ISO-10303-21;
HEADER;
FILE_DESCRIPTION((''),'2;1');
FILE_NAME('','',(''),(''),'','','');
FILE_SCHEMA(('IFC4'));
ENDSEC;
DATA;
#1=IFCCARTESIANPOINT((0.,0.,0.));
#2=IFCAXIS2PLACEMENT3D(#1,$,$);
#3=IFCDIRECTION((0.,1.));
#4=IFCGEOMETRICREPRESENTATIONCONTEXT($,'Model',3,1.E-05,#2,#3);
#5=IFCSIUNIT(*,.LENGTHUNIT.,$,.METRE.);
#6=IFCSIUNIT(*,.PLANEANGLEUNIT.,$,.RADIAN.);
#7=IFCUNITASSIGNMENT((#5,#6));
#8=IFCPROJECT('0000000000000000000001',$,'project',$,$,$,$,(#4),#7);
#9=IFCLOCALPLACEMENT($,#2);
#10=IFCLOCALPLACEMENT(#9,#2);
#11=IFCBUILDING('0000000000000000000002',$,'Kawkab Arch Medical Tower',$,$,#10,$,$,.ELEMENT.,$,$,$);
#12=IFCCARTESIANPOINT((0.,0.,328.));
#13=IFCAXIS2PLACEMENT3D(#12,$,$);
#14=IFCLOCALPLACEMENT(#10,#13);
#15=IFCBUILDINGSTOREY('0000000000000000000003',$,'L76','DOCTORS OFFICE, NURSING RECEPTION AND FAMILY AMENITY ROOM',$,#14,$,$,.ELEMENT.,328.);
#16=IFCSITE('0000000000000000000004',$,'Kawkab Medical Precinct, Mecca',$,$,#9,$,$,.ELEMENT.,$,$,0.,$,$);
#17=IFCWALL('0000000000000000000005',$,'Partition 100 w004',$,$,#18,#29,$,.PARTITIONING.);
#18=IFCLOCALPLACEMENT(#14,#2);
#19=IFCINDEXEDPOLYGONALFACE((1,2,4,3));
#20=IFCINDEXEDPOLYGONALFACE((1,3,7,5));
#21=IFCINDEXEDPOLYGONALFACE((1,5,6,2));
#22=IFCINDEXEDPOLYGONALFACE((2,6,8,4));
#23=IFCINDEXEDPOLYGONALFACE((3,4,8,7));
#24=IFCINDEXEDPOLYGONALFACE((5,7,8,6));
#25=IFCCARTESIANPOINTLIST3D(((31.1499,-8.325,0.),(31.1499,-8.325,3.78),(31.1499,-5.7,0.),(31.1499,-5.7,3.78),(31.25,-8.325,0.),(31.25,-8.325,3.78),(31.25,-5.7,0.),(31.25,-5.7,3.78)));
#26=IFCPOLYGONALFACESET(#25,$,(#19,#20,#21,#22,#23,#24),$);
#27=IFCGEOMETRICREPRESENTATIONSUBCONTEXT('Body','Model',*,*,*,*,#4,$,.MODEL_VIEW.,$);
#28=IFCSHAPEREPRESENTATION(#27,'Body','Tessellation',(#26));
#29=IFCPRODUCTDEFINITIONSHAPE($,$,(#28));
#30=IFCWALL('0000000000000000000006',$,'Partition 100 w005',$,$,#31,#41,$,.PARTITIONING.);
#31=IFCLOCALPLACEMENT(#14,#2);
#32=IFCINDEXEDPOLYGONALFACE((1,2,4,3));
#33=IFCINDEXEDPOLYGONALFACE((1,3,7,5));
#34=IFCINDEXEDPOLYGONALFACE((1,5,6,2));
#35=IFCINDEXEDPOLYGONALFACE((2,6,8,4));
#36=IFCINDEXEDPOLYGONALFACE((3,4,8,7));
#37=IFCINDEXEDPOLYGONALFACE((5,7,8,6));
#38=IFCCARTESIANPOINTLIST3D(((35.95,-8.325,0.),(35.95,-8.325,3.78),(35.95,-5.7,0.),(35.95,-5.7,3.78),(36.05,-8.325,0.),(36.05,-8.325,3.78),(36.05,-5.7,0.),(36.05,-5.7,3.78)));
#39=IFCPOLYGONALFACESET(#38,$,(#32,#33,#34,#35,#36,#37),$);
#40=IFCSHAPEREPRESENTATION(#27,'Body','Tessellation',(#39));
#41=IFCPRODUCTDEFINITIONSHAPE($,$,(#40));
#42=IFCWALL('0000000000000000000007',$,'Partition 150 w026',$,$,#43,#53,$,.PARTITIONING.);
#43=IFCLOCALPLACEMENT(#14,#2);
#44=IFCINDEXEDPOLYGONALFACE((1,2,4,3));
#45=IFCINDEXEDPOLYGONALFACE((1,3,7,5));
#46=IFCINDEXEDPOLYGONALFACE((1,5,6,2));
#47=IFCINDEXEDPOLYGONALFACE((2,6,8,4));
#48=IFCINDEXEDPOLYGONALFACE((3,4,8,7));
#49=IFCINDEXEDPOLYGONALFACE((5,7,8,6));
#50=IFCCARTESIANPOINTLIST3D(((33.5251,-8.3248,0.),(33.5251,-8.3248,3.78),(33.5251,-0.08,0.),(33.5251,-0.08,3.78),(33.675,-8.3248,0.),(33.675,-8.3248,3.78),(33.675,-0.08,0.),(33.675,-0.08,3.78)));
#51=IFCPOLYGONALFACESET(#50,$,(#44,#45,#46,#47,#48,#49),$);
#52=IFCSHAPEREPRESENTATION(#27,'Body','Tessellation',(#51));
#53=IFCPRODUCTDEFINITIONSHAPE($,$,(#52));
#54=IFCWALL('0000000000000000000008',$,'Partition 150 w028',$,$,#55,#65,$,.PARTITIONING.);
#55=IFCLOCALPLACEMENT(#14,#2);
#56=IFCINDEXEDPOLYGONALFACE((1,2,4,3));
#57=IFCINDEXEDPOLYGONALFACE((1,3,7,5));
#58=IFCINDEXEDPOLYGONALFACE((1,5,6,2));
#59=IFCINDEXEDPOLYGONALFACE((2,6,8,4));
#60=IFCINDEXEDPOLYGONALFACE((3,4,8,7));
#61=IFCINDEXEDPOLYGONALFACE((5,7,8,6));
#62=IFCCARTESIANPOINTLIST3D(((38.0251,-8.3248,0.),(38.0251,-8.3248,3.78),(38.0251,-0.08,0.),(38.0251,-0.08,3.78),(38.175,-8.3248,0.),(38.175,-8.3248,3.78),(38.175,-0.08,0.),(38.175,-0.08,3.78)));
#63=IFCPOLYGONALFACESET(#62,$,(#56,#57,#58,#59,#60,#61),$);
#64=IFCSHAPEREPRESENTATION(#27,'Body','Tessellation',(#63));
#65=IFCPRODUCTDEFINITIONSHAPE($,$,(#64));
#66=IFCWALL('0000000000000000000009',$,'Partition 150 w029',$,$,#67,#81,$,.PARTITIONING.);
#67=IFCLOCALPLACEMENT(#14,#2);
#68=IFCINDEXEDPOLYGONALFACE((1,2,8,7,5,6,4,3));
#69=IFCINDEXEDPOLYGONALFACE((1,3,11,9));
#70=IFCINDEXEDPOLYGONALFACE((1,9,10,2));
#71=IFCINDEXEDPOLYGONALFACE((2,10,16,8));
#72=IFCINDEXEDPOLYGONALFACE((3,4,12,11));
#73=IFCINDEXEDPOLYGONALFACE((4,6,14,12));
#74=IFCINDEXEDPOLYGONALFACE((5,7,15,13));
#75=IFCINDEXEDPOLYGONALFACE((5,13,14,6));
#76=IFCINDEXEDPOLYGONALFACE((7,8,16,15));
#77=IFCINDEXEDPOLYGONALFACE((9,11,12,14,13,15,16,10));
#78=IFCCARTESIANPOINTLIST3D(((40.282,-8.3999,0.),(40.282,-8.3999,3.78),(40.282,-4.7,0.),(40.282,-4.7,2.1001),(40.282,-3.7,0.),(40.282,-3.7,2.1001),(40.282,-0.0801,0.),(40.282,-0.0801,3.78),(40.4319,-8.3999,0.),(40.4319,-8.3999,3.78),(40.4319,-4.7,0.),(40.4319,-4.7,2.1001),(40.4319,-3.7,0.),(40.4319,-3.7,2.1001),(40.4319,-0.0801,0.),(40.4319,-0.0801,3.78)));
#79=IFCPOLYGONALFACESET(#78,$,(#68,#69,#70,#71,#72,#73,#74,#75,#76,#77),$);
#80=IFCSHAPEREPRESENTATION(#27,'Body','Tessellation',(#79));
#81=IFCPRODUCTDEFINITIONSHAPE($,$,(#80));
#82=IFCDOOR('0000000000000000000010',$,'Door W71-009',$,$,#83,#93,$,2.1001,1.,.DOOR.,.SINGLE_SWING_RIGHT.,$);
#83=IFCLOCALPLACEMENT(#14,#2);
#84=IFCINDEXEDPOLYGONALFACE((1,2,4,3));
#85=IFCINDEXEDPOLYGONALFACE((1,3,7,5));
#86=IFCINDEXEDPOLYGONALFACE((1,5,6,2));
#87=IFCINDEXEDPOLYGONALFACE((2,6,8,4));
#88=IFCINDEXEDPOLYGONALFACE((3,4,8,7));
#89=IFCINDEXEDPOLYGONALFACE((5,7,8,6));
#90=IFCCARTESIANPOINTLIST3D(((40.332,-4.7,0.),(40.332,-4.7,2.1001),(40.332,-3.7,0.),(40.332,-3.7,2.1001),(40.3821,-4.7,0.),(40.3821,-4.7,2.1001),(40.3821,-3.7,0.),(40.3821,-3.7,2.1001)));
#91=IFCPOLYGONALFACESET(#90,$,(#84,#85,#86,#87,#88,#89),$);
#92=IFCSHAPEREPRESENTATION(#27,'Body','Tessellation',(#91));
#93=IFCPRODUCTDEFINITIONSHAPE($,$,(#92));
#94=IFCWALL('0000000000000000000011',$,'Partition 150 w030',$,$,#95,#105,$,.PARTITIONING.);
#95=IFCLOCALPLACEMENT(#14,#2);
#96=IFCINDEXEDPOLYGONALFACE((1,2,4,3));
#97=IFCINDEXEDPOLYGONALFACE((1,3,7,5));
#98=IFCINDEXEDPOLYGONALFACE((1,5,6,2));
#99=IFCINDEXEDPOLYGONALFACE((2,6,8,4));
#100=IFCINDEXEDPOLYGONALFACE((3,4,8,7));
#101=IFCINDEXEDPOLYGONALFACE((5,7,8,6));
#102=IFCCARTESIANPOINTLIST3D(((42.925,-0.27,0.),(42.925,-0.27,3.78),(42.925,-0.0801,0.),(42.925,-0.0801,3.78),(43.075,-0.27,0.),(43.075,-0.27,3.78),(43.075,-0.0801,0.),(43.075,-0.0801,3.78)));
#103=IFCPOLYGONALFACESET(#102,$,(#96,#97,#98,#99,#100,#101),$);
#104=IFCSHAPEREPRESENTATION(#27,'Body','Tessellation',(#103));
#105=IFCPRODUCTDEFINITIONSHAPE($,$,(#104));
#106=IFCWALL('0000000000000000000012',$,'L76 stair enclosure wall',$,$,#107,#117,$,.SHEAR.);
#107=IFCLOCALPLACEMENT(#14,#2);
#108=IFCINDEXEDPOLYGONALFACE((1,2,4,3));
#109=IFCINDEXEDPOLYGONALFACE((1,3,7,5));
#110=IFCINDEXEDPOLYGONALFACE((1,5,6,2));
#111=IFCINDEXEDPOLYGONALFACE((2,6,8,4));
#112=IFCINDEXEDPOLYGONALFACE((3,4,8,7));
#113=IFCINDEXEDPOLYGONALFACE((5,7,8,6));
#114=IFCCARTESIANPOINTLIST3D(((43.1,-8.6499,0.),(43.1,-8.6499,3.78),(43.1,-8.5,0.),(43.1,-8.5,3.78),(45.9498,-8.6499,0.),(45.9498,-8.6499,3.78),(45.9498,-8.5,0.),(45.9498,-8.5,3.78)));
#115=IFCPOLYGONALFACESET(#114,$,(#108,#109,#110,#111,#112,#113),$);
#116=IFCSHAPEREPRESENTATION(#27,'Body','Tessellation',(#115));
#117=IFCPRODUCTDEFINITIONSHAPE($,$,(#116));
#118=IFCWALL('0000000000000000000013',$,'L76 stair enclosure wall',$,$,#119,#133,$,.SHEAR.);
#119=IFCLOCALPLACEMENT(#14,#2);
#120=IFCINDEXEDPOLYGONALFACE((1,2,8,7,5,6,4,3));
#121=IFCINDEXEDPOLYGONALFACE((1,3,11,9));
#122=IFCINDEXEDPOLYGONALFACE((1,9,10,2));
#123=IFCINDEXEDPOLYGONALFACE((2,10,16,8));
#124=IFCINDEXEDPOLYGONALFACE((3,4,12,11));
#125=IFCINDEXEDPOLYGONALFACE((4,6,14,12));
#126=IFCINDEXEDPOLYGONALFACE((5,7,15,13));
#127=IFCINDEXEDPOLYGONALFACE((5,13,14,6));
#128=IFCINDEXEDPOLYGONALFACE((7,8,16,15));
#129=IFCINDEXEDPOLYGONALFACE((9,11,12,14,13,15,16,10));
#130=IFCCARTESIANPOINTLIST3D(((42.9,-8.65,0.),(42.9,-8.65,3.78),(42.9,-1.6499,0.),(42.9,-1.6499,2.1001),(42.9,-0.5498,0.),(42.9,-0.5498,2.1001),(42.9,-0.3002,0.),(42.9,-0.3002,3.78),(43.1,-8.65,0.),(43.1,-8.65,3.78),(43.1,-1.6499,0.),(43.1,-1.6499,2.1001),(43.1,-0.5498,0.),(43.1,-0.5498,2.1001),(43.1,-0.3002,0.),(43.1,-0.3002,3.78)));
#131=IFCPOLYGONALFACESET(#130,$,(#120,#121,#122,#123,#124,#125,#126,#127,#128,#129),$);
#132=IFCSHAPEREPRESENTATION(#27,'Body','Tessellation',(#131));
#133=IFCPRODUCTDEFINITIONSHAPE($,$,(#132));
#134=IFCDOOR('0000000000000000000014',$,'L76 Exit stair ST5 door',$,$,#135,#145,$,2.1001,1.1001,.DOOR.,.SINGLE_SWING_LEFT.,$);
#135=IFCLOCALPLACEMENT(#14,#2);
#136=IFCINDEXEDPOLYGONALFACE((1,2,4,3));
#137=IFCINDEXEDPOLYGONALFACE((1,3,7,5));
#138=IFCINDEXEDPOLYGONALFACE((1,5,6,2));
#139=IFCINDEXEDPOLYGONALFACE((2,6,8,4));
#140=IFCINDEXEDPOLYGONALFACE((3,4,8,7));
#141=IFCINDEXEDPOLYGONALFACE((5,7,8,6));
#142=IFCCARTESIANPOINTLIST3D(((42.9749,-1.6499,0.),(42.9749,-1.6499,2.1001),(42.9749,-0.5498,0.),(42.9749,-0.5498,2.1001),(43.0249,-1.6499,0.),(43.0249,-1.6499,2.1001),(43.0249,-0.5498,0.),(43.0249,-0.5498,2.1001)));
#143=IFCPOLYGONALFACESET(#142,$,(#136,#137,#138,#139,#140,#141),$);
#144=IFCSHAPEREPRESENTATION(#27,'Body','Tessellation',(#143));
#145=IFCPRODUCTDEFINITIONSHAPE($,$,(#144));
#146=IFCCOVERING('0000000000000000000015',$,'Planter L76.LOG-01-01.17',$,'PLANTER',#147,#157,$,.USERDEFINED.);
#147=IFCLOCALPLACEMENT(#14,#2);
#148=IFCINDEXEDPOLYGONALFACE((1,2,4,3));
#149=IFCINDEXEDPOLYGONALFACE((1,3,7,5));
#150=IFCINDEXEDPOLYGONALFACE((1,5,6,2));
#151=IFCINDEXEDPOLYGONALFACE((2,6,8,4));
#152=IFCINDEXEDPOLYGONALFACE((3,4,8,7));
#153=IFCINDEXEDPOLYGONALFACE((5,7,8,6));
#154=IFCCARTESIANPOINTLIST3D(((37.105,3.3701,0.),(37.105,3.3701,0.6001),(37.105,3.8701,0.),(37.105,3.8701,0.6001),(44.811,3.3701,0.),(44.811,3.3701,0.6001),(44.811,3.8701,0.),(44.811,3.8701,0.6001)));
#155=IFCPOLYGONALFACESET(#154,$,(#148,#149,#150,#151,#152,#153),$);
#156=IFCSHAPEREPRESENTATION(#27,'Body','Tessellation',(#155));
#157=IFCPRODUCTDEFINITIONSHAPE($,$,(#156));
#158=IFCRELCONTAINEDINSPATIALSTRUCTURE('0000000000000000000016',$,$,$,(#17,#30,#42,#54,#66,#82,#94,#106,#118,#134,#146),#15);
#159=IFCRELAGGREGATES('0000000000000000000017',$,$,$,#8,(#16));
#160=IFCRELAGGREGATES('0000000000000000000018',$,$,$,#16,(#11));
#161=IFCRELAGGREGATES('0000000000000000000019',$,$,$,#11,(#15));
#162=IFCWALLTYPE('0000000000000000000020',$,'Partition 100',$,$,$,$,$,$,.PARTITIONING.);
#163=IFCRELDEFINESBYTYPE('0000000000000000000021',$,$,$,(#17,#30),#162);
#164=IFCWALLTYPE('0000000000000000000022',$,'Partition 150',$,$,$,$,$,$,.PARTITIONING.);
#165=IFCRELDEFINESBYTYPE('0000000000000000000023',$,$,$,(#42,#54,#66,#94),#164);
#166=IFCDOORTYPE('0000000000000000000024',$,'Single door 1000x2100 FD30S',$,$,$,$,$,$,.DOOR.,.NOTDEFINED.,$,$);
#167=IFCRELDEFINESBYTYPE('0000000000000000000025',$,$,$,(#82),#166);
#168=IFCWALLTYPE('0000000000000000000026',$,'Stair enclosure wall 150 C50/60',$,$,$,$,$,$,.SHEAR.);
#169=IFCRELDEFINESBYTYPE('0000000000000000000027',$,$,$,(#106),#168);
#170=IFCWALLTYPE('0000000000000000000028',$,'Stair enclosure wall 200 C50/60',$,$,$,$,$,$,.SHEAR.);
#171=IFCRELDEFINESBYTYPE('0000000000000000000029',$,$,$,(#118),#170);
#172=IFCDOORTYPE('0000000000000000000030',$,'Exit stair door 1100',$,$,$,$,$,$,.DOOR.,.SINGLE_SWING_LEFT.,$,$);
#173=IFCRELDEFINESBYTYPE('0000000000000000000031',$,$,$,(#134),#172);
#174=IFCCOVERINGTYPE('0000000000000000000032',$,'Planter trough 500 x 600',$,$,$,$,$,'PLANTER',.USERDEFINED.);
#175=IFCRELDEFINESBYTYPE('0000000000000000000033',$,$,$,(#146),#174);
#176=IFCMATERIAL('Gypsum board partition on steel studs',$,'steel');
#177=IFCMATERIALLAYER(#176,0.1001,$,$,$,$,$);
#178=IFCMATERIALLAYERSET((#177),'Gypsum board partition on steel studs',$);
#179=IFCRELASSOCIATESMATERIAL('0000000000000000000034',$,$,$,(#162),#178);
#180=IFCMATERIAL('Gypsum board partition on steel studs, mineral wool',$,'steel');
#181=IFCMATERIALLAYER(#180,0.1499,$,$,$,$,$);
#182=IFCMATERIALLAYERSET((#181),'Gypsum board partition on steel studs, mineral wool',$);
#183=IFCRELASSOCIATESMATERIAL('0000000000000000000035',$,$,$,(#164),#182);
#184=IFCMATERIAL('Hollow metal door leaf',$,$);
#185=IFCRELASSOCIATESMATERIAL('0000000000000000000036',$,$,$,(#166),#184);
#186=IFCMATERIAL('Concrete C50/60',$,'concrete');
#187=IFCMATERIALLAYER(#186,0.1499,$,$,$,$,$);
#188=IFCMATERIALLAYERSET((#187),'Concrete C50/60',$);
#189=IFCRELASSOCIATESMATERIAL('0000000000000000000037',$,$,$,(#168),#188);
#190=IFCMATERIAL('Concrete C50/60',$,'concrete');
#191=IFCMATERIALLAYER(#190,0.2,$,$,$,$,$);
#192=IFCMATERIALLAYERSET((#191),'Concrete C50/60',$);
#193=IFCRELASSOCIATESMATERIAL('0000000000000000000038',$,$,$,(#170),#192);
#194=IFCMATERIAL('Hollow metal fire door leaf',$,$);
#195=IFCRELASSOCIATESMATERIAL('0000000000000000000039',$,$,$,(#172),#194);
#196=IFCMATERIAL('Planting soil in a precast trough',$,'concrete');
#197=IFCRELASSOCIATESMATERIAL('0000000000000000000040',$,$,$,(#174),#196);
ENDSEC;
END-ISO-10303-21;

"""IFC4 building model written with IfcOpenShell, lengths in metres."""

from ifc_helpers import new_model, si_unit, direction, frame, frame_2d, origin, origin_2d, place, context, subcontext, project, spatial, rectangle, extrude, material, layer, layer_set, material_profile, profile_set, type_object, element, fill, save


model = new_model("IFC4")

# Units and contexts
model_context = context("Model", 3, precision=1e-05, world=origin(), true_north=direction((0.0, 1.0)))
body_context = subcontext(model_context, "Body", "Model", "MODEL_VIEW")
ifc_project = project(units=[si_unit("LENGTHUNIT", "METRE"), si_unit("PLANEANGLEUNIT", "RADIAN")], contexts=[model_context])

# Site, building, storey
site_placement = place(None, origin())
site = spatial("IfcSite", under=ifc_project, at=site_placement, Name="Kawkab Medical Precinct, Mecca", CompositionType="ELEMENT", RefElevation=0.0)
building_placement = place(site_placement, origin())
building = spatial("IfcBuilding", under=site, at=building_placement, Name="Kawkab Arch Medical Tower", CompositionType="ELEMENT")
storey_placement = place(building_placement, frame((0.0, 0.0, 328.0)))
storey = spatial("IfcBuildingStorey", under=building, at=storey_placement, Name="L76", Description="DOCTORS OFFICE, NURSING RECEPTION AND FAMILY AMENITY ROOM", CompositionType="ELEMENT", Elevation=328.0)

# Shared definitions
ifc_material_1 = material(Name="Gypsum board partition on steel studs", Category="steel")
ifc_layer_1 = layer(ifc_material_1, 0.1001)
ifc_layer_set_1 = layer_set([ifc_layer_1], Name="Gypsum board partition on steel studs")
wall_type_1 = type_object("IfcWallType", Name="Partition 100", PredefinedType="PARTITIONING", material=ifc_layer_set_1)

# Walls
for number, where, z_axis, x_axis, name in (
    (1, (31.2, -8.325, 0.0), (0.0, 0.0, 1.0), (0.0, 1.0, 0.0), "Partition 100 w004"),
    (2, (36.0, -8.325, 0.0), (0.0, 0.0, 1.0), (0.0, 1.0, 0.0), "Partition 100 w005"),
):
    element("IfcWall", number, at=place(storey_placement, frame(where, z_axis=z_axis, x_axis=x_axis)), inside=storey, type_object=wall_type_1, Name=name, PredefinedType="PARTITIONING", context=body_context, shape_type="SweptSolid", body=[
        extrude(rectangle(XDim=2.625, YDim=0.1001, at=frame_2d((1.3125, 0.0))), origin(), (0.0, 0.0, 1.0), 3.78),
    ])
ifc_material_2 = material(Name="Gypsum board partition on steel studs, mineral wool", Category="steel")
ifc_layer_2 = layer(ifc_material_2, 0.1499)
ifc_layer_set_2 = layer_set([ifc_layer_2], Name="Gypsum board partition on steel studs, mineral wool")
wall_type_2 = type_object("IfcWallType", Name="Partition 150", PredefinedType="PARTITIONING", material=ifc_layer_set_2)
for number, where, z_axis, x_axis, name in (
    (3, (33.6001, -8.325, 0.0), (0.0, 0.0, 1.0), (0.0, 1.0, 0.0), "Partition 150 w026"),
    (4, (38.1001, -8.325, 0.0), (0.0, 0.0, 1.0), (0.0, 1.0, 0.0), "Partition 150 w028"),
):
    element("IfcWall", number, at=place(storey_placement, frame(where, z_axis=z_axis, x_axis=x_axis)), inside=storey, type_object=wall_type_2, Name=name, PredefinedType="PARTITIONING", context=body_context, shape_type="SweptSolid", body=[
        extrude(rectangle(XDim=8.2449, YDim=0.1499, at=frame_2d((4.1226, 0.0))), origin(), (0.0, 0.0, 1.0), 3.78),
    ])

# Wall, opening, door
wall_1_placement = place(storey_placement, frame((40.3569, -8.3999, 0.0), z_axis=(0.0, 0.0, 1.0), x_axis=(0.0, 1.0, 0.0)))
wall_1 = element("IfcWall", 5, at=wall_1_placement, inside=storey, type_object=wall_type_2, Name="Partition 150 w029", PredefinedType="PARTITIONING", context=body_context, shape_type="SweptSolid", body=[
    extrude(rectangle(XDim=8.3198, YDim=0.1499, at=frame_2d((4.1599, 0.0))), origin(), (0.0, 0.0, 1.0), 3.78),
])
opening_1_placement = place(wall_1_placement, frame((3.7, 0.0, 0.0)))
opening_1 = element("IfcOpeningElement", 6, at=opening_1_placement, cuts=wall_1, PredefinedType="OPENING", context=body_context, shape_type="SweptSolid", body=[
    extrude(rectangle(XDim=1.0, YDim=2.1001, at=frame_2d((0.5, 1.05))), frame((0.0, 0.085, 0.0), z_axis=(0.0, -1.0, 0.0), x_axis=(1.0, 0.0, 0.0)), (0.0, 0.0, 1.0), 0.1699),
])
ifc_material_3 = material(Name="Hollow metal door leaf")
door_type_1 = type_object("IfcDoorType", Name="Single door 1000x2100 FD30S", OperationType="NOTDEFINED", PredefinedType="DOOR", material=ifc_material_3)
door_1_placement = place(opening_1_placement, origin())
door_1 = element("IfcDoor", 7, at=door_1_placement, inside=storey, type_object=door_type_1, Name="Door W71-009", OperationType="SINGLE_SWING_RIGHT", OverallHeight=2.1001, OverallWidth=1.0, PredefinedType="DOOR", context=body_context, shape_type="SweptSolid", body=[
    extrude(rectangle(XDim=1.0, YDim=2.1001, at=frame_2d((0.5, 1.05))), frame((0.0, 0.0249, 0.0), z_axis=(0.0, -1.0, 0.0), x_axis=(1.0, 0.0, 0.0)), (0.0, 0.0, 1.0), 0.05),
])
fill(opening_1, door_1)

# Walls
wall_2_placement = place(storey_placement, frame((43.0, -0.27, 0.0), z_axis=(0.0, 0.0, 1.0), x_axis=(0.0, 1.0, 0.0)))
element("IfcWall", 8, at=wall_2_placement, inside=storey, type_object=wall_type_2, Name="Partition 150 w030", PredefinedType="PARTITIONING", context=body_context, shape_type="SweptSolid", body=[
    extrude(rectangle(XDim=0.1899, YDim=0.1499, at=frame_2d((0.095, 0.0))), origin(), (0.0, 0.0, 1.0), 3.78),
])
ifc_material_4 = material(Name="Concrete C50/60", Category="concrete")
ifc_layer_3 = layer(ifc_material_4, 0.1499)
ifc_layer_set_3 = layer_set([ifc_layer_3], Name="Concrete C50/60")
wall_type_3 = type_object("IfcWallType", Name="Stair enclosure wall 150 C50/60", PredefinedType="SHEAR", material=ifc_layer_set_3)
wall_3_placement = place(storey_placement, frame((43.1001, -8.575, 0.0), z_axis=(0.0, 0.0, 1.0), x_axis=(1.0, 0.0, 0.0)))
element("IfcWall", 9, at=wall_3_placement, inside=storey, type_object=wall_type_3, Name="L76 stair enclosure wall", PredefinedType="SHEAR", context=body_context, shape_type="SweptSolid", body=[
    extrude(rectangle(XDim=2.8499, YDim=0.1499, at=frame_2d((1.4248, 0.0))), origin(), (0.0, 0.0, 1.0), 3.78),
])

# Wall, opening, door
ifc_material_5 = material(Name="Concrete C50/60", Category="concrete")
ifc_layer_4 = layer(ifc_material_5, 0.2)
ifc_layer_set_4 = layer_set([ifc_layer_4], Name="Concrete C50/60")
wall_type_4 = type_object("IfcWallType", Name="Stair enclosure wall 200 C50/60", PredefinedType="SHEAR", material=ifc_layer_set_4)
wall_4_placement = place(storey_placement, frame((43.0, -8.6499, 0.0), z_axis=(0.0, 0.0, 1.0), x_axis=(0.0, 1.0, 0.0)))
wall_4 = element("IfcWall", 10, at=wall_4_placement, inside=storey, type_object=wall_type_4, Name="L76 stair enclosure wall", PredefinedType="SHEAR", context=body_context, shape_type="SweptSolid", body=[
    extrude(rectangle(XDim=8.3499, YDim=0.2, at=frame_2d((4.1748, 0.0))), origin(), (0.0, 0.0, 1.0), 3.78),
])
opening_2_placement = place(wall_4_placement, frame((7.0, 0.0, 0.0)))
opening_2 = element("IfcOpeningElement", 11, at=opening_2_placement, cuts=wall_4, PredefinedType="OPENING", context=body_context, shape_type="SweptSolid", body=[
    extrude(rectangle(XDim=1.1001, YDim=2.1001, at=frame_2d((0.55, 1.05))), frame((0.0, 0.1099, 0.0), z_axis=(0.0, -1.0, 0.0), x_axis=(1.0, 0.0, 0.0)), (0.0, 0.0, 1.0), 0.22),
])
ifc_material_6 = material(Name="Hollow metal fire door leaf")
door_type_2 = type_object("IfcDoorType", Name="Exit stair door 1100", OperationType="SINGLE_SWING_LEFT", PredefinedType="DOOR", material=ifc_material_6)
door_2_placement = place(opening_2_placement, frame((1.1001, 0.0, 0.0), z_axis=(0.0, 0.0, 1.0), x_axis=(-1.0, 0.0, 0.0)))
door_2 = element("IfcDoor", 12, at=door_2_placement, inside=storey, type_object=door_type_2, Name="L76 Exit stair ST5 door", OperationType="SINGLE_SWING_LEFT", OverallHeight=2.1001, OverallWidth=1.1001, PredefinedType="DOOR", context=body_context, shape_type="SweptSolid", body=[
    extrude(rectangle(XDim=1.1001, YDim=2.1001, at=frame_2d((0.55, 1.05))), frame((0.0, 0.0249, 0.0), z_axis=(0.0, -1.0, 0.0), x_axis=(1.0, 0.0, 0.0)), (0.0, 0.0, 1.0), 0.05),
])
fill(opening_2, door_2)

# Covering
ifc_material_7 = material(Name="Planting soil in a precast trough", Category="concrete")
ifc_material_profile_1 = material_profile(ifc_material_7, rectangle(XDim=0.5, YDim=0.6001, at=origin_2d()), Name="Trough 500x600")
ifc_profile_set_1 = profile_set([ifc_material_profile_1], Name="Planting soil in a precast trough")
covering_type = type_object("IfcCoveringType", Name="Planter trough 500 x 600", ElementType="PLANTER", PredefinedType="USERDEFINED", material=ifc_profile_set_1)
covering_placement = place(storey_placement, frame((37.105, 3.6201, 0.3), z_axis=(1.0, 0.0, 0.0), x_axis=(0.0, 1.0, 0.0)))
element("IfcCovering", 13, at=covering_placement, inside=storey, type_object=covering_type, Name="Planter L76.LOG-01-01.17", ObjectType="PLANTER", PredefinedType="USERDEFINED", context=body_context, shape_type="SweptSolid", body=[
    extrude(rectangle(XDim=0.5, YDim=0.6001, at=origin_2d()), origin(), (0.0, 0.0, 1.0), 7.7061),
])

save(model, "model.ifc")
